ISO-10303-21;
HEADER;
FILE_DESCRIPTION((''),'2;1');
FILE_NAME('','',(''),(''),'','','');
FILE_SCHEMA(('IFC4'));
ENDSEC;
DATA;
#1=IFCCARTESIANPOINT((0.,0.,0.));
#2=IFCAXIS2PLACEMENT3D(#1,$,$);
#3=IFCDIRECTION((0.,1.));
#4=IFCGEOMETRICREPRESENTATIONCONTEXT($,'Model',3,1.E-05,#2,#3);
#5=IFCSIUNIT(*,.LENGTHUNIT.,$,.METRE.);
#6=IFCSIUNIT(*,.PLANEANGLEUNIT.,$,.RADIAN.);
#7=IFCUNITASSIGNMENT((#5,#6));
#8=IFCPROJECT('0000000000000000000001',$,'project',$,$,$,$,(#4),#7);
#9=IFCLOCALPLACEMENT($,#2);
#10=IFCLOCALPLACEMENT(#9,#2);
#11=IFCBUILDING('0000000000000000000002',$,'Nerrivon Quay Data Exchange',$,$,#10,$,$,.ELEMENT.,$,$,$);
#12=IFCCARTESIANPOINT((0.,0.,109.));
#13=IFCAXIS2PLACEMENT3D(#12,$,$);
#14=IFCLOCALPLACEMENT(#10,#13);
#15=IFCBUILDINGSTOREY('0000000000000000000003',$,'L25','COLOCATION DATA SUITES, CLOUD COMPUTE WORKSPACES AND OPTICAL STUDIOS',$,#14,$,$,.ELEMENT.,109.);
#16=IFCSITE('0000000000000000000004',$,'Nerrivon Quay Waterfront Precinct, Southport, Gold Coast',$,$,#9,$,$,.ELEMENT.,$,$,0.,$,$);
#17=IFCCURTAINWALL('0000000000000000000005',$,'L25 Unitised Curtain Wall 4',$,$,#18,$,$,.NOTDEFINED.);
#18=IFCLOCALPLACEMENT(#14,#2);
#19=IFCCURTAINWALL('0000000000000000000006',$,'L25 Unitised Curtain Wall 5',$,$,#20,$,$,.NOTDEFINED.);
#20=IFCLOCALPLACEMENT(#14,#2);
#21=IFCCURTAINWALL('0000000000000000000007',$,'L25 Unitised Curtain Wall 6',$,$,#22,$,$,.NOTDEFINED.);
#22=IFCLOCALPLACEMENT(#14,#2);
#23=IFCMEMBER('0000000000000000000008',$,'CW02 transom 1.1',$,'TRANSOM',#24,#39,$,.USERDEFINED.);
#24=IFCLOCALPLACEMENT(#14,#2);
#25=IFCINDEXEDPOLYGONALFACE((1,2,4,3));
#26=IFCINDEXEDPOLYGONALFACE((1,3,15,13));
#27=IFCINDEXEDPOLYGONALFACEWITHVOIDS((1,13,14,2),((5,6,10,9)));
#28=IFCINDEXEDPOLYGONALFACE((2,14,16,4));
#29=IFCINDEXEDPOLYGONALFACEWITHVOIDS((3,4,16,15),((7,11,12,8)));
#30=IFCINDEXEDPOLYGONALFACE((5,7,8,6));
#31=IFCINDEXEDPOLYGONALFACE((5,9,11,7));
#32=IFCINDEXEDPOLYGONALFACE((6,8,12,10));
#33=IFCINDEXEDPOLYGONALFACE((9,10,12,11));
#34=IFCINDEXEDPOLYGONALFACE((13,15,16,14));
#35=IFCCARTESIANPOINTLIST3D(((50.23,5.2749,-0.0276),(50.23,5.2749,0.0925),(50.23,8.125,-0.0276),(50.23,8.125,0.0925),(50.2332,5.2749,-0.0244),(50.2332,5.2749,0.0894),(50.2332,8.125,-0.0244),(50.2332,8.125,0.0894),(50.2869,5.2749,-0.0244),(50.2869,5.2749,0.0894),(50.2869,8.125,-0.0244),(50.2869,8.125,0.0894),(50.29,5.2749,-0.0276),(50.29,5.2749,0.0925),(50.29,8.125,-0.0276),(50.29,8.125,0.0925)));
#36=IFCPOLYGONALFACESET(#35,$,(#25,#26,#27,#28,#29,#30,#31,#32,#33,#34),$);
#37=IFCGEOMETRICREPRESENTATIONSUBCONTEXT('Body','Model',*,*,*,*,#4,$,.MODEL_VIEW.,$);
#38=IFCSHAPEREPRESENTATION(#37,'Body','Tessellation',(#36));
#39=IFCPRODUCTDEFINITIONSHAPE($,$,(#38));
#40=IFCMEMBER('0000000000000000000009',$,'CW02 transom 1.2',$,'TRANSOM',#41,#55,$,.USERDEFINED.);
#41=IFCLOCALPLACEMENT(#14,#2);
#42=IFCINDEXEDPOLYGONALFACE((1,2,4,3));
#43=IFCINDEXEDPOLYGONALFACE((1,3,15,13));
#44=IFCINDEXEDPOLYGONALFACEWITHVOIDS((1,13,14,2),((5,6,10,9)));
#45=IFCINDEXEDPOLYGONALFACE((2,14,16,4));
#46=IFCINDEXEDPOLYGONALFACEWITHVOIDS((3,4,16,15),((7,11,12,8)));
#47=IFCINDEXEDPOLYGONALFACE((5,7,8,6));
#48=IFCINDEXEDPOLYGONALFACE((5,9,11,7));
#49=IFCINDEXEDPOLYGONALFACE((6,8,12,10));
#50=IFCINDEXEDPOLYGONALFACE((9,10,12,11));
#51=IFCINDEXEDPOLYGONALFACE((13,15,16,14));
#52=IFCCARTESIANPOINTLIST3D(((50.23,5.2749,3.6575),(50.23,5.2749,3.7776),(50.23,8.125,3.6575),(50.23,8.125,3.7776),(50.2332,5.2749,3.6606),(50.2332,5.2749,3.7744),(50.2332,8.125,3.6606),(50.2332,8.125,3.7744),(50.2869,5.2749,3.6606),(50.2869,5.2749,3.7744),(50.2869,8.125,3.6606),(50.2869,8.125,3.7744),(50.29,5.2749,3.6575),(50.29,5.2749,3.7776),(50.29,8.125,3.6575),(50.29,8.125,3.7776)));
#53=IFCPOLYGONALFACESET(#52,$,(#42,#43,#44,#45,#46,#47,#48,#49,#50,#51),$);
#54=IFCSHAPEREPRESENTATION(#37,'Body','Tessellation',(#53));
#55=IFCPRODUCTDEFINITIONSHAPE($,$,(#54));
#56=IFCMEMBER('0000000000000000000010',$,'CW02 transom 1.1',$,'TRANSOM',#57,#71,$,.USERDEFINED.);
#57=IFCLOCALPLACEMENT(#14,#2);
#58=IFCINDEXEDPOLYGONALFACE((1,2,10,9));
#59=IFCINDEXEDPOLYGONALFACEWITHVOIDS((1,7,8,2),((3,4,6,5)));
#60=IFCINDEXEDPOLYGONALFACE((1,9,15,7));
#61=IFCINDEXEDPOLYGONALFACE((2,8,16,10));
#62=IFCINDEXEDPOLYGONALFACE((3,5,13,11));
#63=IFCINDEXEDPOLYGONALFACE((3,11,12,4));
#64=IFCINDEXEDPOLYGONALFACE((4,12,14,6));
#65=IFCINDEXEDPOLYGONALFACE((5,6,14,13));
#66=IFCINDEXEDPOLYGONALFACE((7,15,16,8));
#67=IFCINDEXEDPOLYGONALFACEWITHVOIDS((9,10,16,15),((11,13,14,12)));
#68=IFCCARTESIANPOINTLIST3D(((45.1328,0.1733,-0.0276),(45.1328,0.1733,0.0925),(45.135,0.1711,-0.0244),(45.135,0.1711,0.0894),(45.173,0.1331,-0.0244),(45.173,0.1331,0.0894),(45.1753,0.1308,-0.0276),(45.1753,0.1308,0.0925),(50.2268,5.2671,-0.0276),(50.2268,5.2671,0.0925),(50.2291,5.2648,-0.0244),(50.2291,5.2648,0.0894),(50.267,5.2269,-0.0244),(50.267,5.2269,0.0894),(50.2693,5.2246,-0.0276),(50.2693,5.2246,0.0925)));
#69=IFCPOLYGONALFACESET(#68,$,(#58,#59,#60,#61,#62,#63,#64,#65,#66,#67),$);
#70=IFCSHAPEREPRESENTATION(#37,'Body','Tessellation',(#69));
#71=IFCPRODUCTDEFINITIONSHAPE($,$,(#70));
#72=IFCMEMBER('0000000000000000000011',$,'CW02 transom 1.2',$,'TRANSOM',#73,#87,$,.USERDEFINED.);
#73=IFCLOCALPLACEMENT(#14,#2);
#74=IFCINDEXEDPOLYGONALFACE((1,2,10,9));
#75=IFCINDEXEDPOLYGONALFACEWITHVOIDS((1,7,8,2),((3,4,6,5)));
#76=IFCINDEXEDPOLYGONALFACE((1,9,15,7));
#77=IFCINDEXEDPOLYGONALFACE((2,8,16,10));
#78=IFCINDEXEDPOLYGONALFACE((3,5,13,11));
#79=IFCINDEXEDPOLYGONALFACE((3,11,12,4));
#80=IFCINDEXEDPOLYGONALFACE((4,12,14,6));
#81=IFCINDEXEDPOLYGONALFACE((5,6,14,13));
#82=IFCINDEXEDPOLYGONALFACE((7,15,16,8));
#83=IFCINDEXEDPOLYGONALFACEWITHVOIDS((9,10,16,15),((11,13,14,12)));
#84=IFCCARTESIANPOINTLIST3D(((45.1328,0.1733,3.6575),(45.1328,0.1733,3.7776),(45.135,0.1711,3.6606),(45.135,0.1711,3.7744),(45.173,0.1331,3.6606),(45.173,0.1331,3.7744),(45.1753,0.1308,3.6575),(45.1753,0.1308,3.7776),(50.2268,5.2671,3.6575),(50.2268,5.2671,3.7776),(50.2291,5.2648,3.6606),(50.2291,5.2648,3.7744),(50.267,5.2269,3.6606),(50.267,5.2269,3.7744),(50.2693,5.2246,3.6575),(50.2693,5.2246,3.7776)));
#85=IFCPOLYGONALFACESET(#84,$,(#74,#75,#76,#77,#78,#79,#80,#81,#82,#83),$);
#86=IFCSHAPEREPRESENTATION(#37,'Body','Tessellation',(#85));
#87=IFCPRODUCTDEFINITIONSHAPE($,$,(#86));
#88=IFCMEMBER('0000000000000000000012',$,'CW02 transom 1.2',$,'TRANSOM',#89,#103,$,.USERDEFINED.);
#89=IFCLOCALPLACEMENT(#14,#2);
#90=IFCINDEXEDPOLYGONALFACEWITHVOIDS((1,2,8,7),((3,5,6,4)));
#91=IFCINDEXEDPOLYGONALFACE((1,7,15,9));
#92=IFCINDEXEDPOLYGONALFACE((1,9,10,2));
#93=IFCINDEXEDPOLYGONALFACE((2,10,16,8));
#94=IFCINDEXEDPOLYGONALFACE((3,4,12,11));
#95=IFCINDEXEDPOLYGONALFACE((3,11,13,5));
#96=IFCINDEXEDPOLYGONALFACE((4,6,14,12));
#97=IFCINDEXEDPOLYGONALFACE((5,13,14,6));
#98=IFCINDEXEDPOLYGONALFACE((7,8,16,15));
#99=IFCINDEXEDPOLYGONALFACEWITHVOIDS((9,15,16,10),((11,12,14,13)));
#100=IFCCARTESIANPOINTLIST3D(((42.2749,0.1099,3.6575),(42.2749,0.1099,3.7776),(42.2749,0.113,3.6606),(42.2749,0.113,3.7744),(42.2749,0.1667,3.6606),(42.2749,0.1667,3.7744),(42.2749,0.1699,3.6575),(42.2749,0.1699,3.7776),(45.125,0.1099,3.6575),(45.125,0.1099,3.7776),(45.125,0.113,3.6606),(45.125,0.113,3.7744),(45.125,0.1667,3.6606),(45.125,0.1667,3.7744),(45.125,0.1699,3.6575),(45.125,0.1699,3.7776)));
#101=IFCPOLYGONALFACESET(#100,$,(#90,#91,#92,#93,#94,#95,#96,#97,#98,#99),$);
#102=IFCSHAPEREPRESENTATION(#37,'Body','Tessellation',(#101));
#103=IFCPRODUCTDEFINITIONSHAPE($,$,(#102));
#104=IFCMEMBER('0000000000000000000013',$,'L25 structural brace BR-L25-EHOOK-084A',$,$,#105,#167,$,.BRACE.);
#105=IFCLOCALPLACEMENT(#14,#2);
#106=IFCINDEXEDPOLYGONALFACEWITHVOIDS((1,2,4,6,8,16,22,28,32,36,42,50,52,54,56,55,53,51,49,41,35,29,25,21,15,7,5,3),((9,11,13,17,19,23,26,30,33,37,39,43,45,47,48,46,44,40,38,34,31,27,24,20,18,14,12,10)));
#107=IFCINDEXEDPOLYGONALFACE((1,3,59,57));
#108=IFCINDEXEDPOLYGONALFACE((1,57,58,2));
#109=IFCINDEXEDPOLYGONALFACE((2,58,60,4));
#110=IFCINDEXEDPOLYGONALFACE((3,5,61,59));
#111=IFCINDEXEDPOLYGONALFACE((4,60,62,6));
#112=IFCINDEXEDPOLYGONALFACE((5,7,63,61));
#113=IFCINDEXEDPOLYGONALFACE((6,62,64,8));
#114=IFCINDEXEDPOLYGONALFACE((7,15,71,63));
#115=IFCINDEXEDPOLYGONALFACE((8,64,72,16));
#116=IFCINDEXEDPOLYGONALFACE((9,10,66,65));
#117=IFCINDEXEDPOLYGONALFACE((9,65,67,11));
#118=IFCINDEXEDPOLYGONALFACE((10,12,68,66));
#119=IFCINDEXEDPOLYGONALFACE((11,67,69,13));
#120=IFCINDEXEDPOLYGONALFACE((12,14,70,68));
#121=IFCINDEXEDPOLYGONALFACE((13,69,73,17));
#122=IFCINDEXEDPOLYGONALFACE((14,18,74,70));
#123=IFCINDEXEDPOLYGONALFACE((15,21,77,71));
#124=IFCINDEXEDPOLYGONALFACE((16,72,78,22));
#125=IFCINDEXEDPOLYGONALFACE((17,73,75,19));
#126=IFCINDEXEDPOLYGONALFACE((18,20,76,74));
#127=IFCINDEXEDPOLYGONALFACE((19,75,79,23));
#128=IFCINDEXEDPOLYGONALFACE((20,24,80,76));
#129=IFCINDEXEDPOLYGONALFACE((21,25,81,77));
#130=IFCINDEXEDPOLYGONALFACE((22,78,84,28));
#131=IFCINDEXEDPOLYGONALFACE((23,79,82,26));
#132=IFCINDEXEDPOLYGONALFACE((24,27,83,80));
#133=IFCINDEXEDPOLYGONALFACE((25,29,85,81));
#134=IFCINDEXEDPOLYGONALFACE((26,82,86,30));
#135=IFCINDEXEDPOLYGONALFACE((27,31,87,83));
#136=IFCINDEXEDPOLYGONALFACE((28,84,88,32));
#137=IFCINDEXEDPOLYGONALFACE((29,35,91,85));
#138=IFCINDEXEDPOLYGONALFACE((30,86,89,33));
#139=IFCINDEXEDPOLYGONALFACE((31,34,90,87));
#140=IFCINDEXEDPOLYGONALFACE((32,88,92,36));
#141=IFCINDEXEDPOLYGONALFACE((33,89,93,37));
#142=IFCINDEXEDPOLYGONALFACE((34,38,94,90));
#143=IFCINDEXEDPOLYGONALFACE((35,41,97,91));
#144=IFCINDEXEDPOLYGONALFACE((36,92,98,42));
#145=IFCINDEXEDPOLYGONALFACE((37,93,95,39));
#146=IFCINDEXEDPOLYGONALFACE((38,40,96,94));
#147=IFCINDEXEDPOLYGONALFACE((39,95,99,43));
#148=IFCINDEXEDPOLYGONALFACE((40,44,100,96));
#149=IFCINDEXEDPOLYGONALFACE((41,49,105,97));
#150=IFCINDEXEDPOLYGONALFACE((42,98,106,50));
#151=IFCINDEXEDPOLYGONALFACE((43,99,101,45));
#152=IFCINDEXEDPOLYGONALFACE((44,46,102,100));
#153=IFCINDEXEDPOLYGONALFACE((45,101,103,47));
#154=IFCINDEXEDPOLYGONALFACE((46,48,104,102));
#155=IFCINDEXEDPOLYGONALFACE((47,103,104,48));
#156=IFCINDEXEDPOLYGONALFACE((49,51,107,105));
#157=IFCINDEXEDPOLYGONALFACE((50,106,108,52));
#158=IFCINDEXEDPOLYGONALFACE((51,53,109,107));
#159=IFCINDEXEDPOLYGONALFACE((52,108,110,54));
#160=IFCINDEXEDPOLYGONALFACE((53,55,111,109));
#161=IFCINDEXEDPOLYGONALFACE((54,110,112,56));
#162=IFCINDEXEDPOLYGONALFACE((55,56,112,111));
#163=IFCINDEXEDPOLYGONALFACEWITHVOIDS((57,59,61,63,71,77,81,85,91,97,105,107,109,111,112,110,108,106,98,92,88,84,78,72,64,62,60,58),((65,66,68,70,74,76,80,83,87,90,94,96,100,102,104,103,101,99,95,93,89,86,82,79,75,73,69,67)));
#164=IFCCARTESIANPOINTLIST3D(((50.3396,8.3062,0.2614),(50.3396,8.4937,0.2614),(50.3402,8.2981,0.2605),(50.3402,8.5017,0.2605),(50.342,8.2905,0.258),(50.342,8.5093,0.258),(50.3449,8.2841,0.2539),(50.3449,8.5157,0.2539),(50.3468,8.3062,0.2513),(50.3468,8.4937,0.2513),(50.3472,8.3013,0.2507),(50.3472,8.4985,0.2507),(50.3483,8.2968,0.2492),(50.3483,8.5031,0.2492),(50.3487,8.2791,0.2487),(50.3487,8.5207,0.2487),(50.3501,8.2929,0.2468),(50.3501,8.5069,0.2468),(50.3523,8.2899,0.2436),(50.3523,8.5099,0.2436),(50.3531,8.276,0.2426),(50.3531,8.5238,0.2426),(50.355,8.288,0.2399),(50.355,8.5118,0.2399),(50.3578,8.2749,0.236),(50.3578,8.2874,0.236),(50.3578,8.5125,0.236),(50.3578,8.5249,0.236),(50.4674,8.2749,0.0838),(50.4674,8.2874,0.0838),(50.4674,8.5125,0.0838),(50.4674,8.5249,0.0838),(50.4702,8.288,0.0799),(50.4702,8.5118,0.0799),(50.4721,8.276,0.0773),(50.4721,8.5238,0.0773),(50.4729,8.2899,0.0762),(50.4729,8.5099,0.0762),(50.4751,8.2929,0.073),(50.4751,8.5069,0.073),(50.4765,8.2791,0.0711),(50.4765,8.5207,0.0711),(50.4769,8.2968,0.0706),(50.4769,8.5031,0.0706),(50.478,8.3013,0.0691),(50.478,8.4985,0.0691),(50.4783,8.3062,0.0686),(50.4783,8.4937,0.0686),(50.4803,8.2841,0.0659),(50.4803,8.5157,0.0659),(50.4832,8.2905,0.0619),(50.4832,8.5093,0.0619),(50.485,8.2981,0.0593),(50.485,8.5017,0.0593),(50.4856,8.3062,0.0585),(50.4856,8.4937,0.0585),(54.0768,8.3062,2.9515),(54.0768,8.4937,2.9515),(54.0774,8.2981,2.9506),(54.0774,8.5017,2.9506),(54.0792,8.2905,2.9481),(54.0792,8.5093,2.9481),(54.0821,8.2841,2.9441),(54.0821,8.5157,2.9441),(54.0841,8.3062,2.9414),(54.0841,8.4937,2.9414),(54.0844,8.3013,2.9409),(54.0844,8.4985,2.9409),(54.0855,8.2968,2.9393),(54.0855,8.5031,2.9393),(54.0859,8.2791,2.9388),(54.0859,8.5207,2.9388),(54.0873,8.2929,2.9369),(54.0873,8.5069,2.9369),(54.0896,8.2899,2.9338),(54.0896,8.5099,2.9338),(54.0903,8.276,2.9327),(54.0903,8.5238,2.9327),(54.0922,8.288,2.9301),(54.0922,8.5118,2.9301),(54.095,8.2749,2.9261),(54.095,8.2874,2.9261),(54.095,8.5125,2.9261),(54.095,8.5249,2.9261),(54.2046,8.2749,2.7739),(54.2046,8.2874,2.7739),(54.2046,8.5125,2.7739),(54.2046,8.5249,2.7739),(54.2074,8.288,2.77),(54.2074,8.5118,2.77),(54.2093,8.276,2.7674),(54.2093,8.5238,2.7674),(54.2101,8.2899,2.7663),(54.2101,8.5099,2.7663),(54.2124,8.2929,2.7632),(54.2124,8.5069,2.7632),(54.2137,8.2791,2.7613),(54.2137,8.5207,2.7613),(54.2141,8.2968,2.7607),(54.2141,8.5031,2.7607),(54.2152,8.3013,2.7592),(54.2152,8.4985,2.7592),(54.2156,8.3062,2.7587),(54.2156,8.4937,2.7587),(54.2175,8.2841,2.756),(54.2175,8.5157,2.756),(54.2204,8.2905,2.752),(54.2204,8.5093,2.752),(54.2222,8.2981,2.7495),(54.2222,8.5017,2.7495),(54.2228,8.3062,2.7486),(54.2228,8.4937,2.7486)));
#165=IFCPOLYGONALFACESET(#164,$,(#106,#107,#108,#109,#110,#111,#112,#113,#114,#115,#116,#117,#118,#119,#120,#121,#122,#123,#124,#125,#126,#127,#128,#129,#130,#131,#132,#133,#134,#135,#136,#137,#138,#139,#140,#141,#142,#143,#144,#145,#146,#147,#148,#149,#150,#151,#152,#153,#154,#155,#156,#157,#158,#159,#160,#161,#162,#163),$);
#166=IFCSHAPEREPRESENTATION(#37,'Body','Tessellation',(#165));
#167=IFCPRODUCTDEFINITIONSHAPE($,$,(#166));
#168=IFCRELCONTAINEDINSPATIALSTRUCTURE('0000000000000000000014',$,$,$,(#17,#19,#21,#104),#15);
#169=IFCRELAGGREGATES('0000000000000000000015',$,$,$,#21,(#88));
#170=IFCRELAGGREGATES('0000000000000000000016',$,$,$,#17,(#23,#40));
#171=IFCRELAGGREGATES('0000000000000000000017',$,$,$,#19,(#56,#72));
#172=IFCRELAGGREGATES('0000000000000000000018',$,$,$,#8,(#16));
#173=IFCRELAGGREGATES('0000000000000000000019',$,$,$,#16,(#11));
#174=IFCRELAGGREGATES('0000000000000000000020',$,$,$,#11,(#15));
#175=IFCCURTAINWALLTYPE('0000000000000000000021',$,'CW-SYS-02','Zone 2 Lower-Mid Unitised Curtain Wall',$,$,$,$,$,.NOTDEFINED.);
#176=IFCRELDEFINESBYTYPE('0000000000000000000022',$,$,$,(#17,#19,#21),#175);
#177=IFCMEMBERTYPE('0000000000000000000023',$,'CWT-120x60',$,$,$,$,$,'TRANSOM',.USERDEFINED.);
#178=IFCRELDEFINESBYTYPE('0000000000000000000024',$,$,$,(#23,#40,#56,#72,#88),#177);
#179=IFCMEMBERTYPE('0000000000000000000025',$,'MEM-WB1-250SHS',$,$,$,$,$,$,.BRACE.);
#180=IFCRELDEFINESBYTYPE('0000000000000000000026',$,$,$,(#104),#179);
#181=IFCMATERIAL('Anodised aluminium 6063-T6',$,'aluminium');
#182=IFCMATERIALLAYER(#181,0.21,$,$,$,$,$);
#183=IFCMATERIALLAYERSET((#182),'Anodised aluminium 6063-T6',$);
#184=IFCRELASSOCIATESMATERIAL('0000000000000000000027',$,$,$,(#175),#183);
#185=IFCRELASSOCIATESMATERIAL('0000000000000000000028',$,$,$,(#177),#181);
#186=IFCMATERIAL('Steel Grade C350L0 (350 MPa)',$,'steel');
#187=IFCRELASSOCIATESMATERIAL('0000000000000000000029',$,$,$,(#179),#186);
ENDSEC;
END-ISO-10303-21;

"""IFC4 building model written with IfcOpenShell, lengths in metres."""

from ifc_helpers import new_model, si_unit, direction, frame, origin, origin_2d, place, context, subcontext, project, spatial, hollow_rectangle, extrude, material, layer, layer_set, material_profile, profile_set, type_object, element, aggregate, save


model = new_model("IFC4")

# Units and contexts
model_context = context("Model", 3, precision=1e-05, world=origin(), true_north=direction((0.0, 1.0)))
body_context = subcontext(model_context, "Body", "Model", "MODEL_VIEW")
ifc_project = project(units=[si_unit("LENGTHUNIT", "METRE"), si_unit("PLANEANGLEUNIT", "RADIAN")], contexts=[model_context])

# Site, building, storey
site_placement = place(None, origin())
site = spatial("IfcSite", under=ifc_project, at=site_placement, Name="Nerrivon Quay Waterfront Precinct, Southport, Gold Coast", CompositionType="ELEMENT", RefElevation=0.0)
building_placement = place(site_placement, origin())
building = spatial("IfcBuilding", under=site, at=building_placement, Name="Nerrivon Quay Data Exchange", CompositionType="ELEMENT")
storey_placement = place(building_placement, frame((0.0, 0.0, 109.0)))
storey = spatial("IfcBuildingStorey", under=building, at=storey_placement, Name="L25", Description="COLOCATION DATA SUITES, CLOUD COMPUTE WORKSPACES AND OPTICAL STUDIOS", CompositionType="ELEMENT", Elevation=109.0)

# Curtain walls
ifc_material_1 = material(Name="Anodised aluminium 6063-T6", Category="aluminium")
ifc_layer_1 = layer(ifc_material_1, 0.21)
ifc_layer_set_1 = layer_set([ifc_layer_1], Name="Anodised aluminium 6063-T6")
curtain_wall_type = type_object("IfcCurtainWallType", Name="CW-SYS-02", Description="Zone 2 Lower-Mid Unitised Curtain Wall", PredefinedType="NOTDEFINED", material=ifc_layer_set_1)
curtain_wall_1_placement = place(storey_placement, origin())
curtain_wall_1 = element("IfcCurtainWall", 1, at=curtain_wall_1_placement, inside=storey, type_object=curtain_wall_type, Name="L25 Unitised Curtain Wall 4", PredefinedType="NOTDEFINED")
curtain_wall_2_placement = place(storey_placement, origin())
curtain_wall_2 = element("IfcCurtainWall", 2, at=curtain_wall_2_placement, inside=storey, type_object=curtain_wall_type, Name="L25 Unitised Curtain Wall 5", PredefinedType="NOTDEFINED")

# Curtain wall
curtain_wall_3_placement = place(storey_placement, origin())
curtain_wall_3 = element("IfcCurtainWall", 3, at=curtain_wall_3_placement, inside=storey, type_object=curtain_wall_type, Name="L25 Unitised Curtain Wall 6", PredefinedType="NOTDEFINED")

# Members
ifc_material_profile_1 = material_profile(ifc_material_1, hollow_rectangle(XDim=0.0601, YDim=0.1201, WallThickness=0.0032, at=origin_2d()), Name="ALU-TRAN-120x60")
ifc_profile_set_1 = profile_set([ifc_material_profile_1], Name="Anodised aluminium 6063-T6")
member_type_1 = type_object("IfcMemberType", Name="CWT-120x60", ElementType="TRANSOM", PredefinedType="USERDEFINED", material=ifc_profile_set_1)
member_1_placement = place(storey_placement, frame((50.26, 8.125, 0.0325), z_axis=(0.0, -1.0, 0.0), x_axis=(1.0, 0.0, 0.0)))
member_1 = element("IfcMember", 4, at=member_1_placement, type_object=member_type_1, Name="CW02 transom 1.1", ObjectType="TRANSOM", PredefinedType="USERDEFINED", context=body_context, shape_type="SweptSolid", body=[
    extrude(hollow_rectangle(XDim=0.0601, YDim=0.1201, WallThickness=0.0032, at=origin_2d()), origin(), (0.0, 0.0, 1.0), 2.8501),
])
member_2_placement = place(storey_placement, frame((50.26, 8.125, 3.7175), z_axis=(0.0, -1.0, 0.0), x_axis=(1.0, 0.0, 0.0)))
member_2 = element("IfcMember", 5, at=member_2_placement, type_object=member_type_1, Name="CW02 transom 1.2", ObjectType="TRANSOM", PredefinedType="USERDEFINED", context=body_context, shape_type="SweptSolid", body=[
    extrude(hollow_rectangle(XDim=0.0601, YDim=0.1201, WallThickness=0.0032, at=origin_2d()), origin(), (0.0, 0.0, 1.0), 2.8501),
])
member_3_placement = place(storey_placement, frame((50.248, 5.2458, 0.0325), z_axis=(-0.707124, -0.70709, 0.0), x_axis=(0.70709, -0.707124, 0.0)))
member_3 = element("IfcMember", 6, at=member_3_placement, type_object=member_type_1, Name="CW02 transom 1.1", ObjectType="TRANSOM", PredefinedType="USERDEFINED", context=body_context, shape_type="SweptSolid", body=[
    extrude(hollow_rectangle(XDim=0.0601, YDim=0.1201, WallThickness=0.0032, at=origin_2d()), origin(), (0.0, 0.0, 1.0), 7.2039),
])
member_4_placement = place(storey_placement, frame((50.248, 5.2458, 3.7175), z_axis=(-0.707124, -0.70709, 0.0), x_axis=(0.70709, -0.707124, 0.0)))
member_4 = element("IfcMember", 7, at=member_4_placement, type_object=member_type_1, Name="CW02 transom 1.2", ObjectType="TRANSOM", PredefinedType="USERDEFINED", context=body_context, shape_type="SweptSolid", body=[
    extrude(hollow_rectangle(XDim=0.0601, YDim=0.1201, WallThickness=0.0032, at=origin_2d()), origin(), (0.0, 0.0, 1.0), 7.2039),
])
member_5_placement = place(storey_placement, frame((45.125, 0.1399, 3.7175), z_axis=(-1.0, 0.0, 0.0), x_axis=(0.0, -1.0, 0.0)))
member_5 = element("IfcMember", 8, at=member_5_placement, type_object=member_type_1, Name="CW02 transom 1.2", ObjectType="TRANSOM", PredefinedType="USERDEFINED", context=body_context, shape_type="SweptSolid", body=[
    extrude(hollow_rectangle(XDim=0.0601, YDim=0.1201, WallThickness=0.0032, at=origin_2d()), origin(), (0.0, 0.0, 1.0), 2.8501),
])
aggregate(curtain_wall_3, [member_5])

# Member
ifc_material_2 = material(Name="Steel Grade C350L0 (350 MPa)", Category="steel")
ifc_material_profile_2 = material_profile(ifc_material_2, hollow_rectangle(XDim=0.25, YDim=0.25, WallThickness=0.0125, InnerFilletRadius=0.0188, OuterFilletRadius=0.0312, at=origin_2d()), Name="250x250x12.5SHS")
ifc_profile_set_2 = profile_set([ifc_material_profile_2], Name="Steel Grade C350L0 (350 MPa)")
member_type_2 = type_object("IfcMemberType", Name="MEM-WB1-250SHS", PredefinedType="BRACE", material=ifc_profile_set_2)
member_6_placement = place(storey_placement, frame((50.4126, 8.3999, 0.1599), z_axis=(0.811604, 0.0, 0.584208), x_axis=(0.0, 1.0, 0.0)))
element("IfcMember", 9, at=member_6_placement, inside=storey, type_object=member_type_2, Name="L25 structural brace BR-L25-EHOOK-084A", PredefinedType="BRACE", context=body_context, shape_type="SweptSolid", body=[
    extrude(hollow_rectangle(XDim=0.25, YDim=0.25, WallThickness=0.0125, InnerFilletRadius=0.0188, OuterFilletRadius=0.0312, at=origin_2d()), origin(), (0.0, 0.0, 1.0), 4.6047),
])

aggregate(curtain_wall_1, [member_1, member_2])
aggregate(curtain_wall_2, [member_3, member_4])

save(model, "model.ifc")
